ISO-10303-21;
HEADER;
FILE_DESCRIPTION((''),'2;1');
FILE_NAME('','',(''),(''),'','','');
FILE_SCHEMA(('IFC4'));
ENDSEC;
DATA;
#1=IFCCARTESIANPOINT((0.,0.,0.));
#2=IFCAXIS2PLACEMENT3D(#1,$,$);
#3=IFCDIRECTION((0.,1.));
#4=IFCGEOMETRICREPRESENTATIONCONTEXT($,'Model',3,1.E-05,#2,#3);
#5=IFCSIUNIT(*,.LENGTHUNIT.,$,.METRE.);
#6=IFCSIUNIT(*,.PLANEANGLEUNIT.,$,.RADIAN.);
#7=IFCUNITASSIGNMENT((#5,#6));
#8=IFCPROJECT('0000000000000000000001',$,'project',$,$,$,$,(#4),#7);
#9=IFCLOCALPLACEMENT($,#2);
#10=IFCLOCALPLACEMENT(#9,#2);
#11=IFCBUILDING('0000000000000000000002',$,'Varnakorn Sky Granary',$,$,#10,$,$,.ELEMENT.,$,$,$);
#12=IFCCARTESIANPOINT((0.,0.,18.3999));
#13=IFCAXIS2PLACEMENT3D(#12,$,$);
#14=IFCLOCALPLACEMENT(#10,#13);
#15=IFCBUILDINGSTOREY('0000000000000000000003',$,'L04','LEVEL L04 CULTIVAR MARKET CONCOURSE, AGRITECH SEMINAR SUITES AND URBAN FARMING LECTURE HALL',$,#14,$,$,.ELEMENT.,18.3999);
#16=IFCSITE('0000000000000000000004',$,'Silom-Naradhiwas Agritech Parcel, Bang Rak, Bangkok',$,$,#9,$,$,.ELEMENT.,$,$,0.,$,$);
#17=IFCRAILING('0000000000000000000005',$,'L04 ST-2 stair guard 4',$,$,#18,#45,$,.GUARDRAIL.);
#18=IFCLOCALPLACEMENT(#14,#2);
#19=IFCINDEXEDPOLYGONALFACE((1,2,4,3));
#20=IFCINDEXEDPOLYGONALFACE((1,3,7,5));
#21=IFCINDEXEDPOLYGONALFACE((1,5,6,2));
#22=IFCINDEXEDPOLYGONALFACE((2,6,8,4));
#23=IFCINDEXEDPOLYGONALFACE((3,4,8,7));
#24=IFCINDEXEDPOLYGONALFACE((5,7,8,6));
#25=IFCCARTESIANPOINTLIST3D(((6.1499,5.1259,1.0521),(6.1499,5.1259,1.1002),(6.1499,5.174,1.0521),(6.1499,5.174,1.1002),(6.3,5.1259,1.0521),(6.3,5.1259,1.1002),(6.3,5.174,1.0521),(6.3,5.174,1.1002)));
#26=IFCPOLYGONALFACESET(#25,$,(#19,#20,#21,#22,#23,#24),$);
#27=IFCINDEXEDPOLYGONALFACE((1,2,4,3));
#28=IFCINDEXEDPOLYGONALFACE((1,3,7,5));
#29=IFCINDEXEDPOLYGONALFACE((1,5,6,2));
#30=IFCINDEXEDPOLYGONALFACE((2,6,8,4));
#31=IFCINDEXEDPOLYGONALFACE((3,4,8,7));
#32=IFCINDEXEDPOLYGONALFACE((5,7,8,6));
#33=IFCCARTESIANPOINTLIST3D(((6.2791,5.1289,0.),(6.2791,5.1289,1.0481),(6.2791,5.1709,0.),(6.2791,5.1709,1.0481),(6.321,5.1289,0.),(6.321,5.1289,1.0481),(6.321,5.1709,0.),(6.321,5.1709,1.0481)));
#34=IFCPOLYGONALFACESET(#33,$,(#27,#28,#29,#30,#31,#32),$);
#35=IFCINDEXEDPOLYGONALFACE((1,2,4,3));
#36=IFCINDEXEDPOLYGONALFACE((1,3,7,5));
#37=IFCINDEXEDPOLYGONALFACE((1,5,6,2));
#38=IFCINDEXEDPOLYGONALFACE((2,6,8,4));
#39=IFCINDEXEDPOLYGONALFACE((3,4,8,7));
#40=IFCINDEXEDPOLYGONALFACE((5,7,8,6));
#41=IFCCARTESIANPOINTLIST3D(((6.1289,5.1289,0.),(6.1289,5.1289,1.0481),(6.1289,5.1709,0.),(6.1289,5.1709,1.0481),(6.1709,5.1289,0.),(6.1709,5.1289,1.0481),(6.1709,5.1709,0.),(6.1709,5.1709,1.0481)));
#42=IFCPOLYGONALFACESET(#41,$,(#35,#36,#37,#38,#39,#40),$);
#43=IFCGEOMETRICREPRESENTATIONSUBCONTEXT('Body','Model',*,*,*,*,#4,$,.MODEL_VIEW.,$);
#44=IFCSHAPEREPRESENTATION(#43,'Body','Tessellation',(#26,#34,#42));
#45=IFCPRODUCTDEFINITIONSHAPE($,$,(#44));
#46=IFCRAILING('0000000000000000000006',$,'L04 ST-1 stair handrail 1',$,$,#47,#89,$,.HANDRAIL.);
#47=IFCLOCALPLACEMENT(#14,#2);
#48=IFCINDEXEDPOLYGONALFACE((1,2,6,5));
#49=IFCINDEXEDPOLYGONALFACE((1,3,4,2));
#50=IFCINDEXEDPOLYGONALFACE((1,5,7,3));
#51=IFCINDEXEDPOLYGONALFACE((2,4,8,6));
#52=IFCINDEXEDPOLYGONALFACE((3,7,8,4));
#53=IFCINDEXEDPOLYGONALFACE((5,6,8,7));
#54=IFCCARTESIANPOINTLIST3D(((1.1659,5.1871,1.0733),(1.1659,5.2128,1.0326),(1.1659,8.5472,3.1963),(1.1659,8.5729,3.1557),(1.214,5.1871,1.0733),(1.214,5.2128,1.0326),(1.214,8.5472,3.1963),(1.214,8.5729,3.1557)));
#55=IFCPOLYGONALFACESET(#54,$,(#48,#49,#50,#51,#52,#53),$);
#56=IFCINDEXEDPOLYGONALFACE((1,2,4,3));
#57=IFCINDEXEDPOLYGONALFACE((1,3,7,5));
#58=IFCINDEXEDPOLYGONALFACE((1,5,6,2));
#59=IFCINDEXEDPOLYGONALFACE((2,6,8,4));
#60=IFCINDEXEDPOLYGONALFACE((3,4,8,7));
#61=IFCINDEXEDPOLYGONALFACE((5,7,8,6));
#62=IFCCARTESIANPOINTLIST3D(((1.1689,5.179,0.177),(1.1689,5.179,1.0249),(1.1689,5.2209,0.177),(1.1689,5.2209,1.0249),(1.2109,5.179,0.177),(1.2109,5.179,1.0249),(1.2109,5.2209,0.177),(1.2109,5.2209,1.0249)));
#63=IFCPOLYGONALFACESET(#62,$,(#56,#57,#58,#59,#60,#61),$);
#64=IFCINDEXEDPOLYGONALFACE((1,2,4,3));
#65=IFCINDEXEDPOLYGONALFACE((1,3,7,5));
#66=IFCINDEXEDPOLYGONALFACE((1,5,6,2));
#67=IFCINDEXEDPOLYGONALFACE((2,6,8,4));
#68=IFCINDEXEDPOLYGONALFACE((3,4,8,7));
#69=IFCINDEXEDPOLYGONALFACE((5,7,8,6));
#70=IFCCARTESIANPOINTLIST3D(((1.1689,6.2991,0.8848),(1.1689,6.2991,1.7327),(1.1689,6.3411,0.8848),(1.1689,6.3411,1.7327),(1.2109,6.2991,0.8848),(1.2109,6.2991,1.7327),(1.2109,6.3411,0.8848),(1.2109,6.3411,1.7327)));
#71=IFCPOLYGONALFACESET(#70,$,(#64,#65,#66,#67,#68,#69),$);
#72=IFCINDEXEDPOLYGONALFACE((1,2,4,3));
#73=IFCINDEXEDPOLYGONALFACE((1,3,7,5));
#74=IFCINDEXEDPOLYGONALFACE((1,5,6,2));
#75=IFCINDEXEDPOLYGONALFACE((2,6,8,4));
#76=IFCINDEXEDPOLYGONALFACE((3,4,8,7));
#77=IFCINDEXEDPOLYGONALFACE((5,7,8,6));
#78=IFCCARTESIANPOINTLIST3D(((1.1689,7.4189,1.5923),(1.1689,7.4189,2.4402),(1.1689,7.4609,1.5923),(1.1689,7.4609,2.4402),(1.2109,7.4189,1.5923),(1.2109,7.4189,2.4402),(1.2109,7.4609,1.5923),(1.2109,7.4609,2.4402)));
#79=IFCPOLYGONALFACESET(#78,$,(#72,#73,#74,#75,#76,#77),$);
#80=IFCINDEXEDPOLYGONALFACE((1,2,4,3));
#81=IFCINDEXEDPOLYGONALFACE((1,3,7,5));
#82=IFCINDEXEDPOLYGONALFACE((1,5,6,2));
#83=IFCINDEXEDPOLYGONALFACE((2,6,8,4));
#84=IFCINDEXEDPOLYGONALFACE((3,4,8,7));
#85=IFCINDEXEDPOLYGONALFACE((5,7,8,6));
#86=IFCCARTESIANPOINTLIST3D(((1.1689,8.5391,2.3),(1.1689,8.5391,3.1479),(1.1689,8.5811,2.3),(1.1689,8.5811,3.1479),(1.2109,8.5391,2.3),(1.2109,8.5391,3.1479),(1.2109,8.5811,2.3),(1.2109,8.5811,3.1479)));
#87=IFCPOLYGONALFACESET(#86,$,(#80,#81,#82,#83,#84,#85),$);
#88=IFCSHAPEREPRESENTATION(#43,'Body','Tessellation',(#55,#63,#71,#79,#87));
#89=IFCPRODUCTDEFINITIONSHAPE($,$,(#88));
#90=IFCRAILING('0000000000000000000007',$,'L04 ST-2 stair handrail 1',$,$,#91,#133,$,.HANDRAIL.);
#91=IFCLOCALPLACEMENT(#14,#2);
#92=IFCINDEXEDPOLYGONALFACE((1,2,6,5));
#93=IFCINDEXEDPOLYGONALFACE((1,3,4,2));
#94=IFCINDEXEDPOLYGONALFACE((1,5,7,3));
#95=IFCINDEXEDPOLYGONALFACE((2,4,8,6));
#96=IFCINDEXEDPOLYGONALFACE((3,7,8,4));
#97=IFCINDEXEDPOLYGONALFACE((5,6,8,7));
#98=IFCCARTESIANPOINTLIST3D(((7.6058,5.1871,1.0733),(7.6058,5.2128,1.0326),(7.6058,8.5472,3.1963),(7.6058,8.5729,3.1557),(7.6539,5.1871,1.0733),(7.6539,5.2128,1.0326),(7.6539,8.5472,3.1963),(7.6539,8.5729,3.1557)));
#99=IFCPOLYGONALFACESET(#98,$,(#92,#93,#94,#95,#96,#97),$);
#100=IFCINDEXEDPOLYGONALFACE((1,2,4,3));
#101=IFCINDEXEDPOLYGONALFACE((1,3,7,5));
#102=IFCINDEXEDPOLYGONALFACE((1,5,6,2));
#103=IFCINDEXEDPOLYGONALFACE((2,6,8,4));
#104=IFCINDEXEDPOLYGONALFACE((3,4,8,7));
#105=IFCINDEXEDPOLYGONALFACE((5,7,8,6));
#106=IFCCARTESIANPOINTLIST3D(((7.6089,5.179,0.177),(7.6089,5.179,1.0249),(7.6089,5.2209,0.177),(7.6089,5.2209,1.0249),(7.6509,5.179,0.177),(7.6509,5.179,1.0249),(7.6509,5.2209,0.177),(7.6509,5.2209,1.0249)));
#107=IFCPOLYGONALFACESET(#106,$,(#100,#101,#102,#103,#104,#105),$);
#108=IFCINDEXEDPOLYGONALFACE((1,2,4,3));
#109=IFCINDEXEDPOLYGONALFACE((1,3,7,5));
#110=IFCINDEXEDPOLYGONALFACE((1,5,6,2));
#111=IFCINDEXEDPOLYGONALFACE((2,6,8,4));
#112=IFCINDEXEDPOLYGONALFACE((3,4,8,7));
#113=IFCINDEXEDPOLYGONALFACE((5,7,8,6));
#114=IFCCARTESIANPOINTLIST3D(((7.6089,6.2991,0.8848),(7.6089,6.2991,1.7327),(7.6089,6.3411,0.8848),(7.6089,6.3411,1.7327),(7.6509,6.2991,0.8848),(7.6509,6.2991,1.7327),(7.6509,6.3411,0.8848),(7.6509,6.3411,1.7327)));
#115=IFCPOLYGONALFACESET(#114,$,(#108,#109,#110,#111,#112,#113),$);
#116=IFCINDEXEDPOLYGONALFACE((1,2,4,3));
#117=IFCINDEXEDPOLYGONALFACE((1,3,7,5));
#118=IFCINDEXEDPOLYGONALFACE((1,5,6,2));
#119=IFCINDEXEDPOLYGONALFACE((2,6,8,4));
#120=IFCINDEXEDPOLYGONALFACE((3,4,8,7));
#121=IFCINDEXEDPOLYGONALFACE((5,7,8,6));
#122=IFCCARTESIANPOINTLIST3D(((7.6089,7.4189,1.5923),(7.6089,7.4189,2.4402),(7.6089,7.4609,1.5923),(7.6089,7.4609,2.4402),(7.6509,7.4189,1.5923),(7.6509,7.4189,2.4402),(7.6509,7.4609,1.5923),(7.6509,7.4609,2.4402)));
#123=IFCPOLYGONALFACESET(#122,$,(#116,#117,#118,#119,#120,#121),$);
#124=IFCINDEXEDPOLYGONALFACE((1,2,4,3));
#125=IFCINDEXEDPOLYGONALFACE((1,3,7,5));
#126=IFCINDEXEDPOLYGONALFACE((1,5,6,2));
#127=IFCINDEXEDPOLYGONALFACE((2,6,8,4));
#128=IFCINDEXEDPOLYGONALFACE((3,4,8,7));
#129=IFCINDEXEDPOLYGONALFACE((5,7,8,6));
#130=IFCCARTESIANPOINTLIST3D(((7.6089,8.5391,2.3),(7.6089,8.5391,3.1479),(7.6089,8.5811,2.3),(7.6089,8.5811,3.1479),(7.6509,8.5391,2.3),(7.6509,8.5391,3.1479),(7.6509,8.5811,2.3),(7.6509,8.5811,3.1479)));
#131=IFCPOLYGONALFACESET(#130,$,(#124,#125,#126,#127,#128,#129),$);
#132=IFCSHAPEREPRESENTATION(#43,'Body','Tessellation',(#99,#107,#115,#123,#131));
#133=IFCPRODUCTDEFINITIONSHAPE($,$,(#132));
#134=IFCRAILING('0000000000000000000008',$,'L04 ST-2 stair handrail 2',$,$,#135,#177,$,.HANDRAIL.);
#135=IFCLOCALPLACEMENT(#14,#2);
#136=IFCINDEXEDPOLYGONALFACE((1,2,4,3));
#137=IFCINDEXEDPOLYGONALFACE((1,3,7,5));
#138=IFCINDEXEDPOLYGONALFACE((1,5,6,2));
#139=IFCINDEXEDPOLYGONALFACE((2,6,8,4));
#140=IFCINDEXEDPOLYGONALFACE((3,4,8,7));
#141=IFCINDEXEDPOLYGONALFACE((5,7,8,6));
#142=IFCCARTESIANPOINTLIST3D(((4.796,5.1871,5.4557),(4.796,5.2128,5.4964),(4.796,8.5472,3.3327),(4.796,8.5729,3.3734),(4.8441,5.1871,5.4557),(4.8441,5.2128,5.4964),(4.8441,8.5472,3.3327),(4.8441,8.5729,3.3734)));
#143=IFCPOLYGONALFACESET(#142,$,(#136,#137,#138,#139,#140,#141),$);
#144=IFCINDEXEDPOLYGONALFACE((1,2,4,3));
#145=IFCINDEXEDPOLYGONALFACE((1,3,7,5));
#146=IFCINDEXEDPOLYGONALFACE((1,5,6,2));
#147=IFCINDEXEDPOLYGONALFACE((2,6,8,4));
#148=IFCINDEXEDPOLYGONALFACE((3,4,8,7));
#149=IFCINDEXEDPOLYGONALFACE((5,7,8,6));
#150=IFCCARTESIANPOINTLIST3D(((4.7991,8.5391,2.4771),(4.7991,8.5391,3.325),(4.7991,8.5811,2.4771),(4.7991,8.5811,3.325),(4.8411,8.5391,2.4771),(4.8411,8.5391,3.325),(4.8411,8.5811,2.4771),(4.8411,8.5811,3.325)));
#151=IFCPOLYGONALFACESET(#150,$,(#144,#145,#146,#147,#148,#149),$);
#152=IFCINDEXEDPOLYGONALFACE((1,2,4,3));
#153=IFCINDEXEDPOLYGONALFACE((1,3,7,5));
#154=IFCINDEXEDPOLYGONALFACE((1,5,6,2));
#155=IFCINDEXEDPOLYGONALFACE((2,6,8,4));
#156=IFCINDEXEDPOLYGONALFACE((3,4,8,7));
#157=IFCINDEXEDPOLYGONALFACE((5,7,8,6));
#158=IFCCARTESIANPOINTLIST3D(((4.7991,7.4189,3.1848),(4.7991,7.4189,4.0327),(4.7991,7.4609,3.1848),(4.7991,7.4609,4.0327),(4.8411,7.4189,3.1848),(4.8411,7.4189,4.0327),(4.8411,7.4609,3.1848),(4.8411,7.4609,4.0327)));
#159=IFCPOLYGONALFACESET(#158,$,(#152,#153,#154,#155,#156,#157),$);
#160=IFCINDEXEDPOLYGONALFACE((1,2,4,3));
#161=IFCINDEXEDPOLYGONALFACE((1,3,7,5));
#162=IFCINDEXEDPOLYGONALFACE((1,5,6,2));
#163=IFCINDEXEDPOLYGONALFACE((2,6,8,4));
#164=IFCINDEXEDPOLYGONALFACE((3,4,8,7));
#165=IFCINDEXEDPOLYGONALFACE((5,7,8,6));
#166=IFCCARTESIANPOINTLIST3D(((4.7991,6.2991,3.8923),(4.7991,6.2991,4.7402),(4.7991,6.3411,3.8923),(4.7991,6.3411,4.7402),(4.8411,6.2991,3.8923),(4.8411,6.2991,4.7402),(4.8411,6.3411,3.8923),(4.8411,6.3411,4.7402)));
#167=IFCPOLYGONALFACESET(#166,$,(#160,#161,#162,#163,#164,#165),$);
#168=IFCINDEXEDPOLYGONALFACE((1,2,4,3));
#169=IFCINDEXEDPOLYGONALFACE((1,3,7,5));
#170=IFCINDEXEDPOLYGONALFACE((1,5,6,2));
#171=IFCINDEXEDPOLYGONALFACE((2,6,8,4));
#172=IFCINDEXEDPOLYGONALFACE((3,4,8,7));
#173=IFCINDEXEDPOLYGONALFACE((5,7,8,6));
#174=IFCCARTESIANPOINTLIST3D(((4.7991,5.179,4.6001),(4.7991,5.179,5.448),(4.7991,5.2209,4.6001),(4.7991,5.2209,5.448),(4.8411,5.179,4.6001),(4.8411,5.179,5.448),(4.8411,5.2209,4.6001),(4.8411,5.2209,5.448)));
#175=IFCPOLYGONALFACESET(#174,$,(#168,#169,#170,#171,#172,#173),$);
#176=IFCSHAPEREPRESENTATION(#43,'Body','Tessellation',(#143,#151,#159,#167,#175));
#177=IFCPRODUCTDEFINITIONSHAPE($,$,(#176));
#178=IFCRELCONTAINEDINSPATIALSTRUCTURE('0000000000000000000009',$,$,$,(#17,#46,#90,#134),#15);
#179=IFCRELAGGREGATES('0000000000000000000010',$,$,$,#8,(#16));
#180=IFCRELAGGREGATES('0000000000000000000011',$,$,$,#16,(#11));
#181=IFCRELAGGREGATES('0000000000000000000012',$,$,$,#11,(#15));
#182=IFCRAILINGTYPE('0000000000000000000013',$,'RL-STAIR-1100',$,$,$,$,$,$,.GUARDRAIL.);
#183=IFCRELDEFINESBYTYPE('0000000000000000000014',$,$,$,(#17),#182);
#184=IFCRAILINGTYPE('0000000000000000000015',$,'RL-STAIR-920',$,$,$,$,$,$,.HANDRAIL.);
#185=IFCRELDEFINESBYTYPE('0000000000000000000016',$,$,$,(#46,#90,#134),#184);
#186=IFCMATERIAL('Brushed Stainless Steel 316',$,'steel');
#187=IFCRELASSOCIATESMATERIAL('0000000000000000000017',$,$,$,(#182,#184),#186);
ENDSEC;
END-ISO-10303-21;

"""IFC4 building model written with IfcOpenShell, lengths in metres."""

from ifc_helpers import new_model, si_unit, direction, frame, origin, origin_2d, place, context, subcontext, project, spatial, rectangle, extrude, material, type_object, element, save


model = new_model("IFC4")

# Units and contexts
model_context = context("Model", 3, precision=1e-05, world=origin(), true_north=direction((0.0, 1.0)))
body_context = subcontext(model_context, "Body", "Model", "MODEL_VIEW")
ifc_project = project(units=[si_unit("LENGTHUNIT", "METRE"), si_unit("PLANEANGLEUNIT", "RADIAN")], contexts=[model_context])

# Site, building, storey
site_placement = place(None, origin())
site = spatial("IfcSite", under=ifc_project, at=site_placement, Name="Silom-Naradhiwas Agritech Parcel, Bang Rak, Bangkok", CompositionType="ELEMENT", RefElevation=0.0)
building_placement = place(site_placement, origin())
building = spatial("IfcBuilding", under=site, at=building_placement, Name="Varnakorn Sky Granary", CompositionType="ELEMENT")
storey_placement = place(building_placement, frame((0.0, 0.0, 18.3999)))
storey = spatial("IfcBuildingStorey", under=building, at=storey_placement, Name="L04", Description="LEVEL L04 CULTIVAR MARKET CONCOURSE, AGRITECH SEMINAR SUITES AND URBAN FARMING LECTURE HALL", CompositionType="ELEMENT", Elevation=18.3999)

# Railings
ifc_material_1 = material(Name="Brushed Stainless Steel 316", Category="steel")
railing_type_1 = type_object("IfcRailingType", Name="RL-STAIR-1100", PredefinedType="GUARDRAIL", material=ifc_material_1)
railing_1_placement = place(storey_placement, frame((6.3, 5.1499, 0.0)))
element("IfcRailing", 1, at=railing_1_placement, inside=storey, type_object=railing_type_1, Name="L04 ST-2 stair guard 4", PredefinedType="GUARDRAIL", context=body_context, shape_type="SweptSolid", body=[
    extrude(rectangle(XDim=0.0481, YDim=0.0481, at=origin_2d()), frame((0.0, 0.0, 1.0762), z_axis=(-1.0, 0.0, 0.0), x_axis=(0.0, -1.0, 0.0)), (0.0, 0.0, 1.0), 0.1501),
    extrude(rectangle(XDim=0.042, YDim=0.042, at=origin_2d()), origin(), (0.0, 0.0, 1.0), 1.0481),
    extrude(rectangle(XDim=0.042, YDim=0.042, at=origin_2d()), frame((-0.1501, 0.0, 0.0)), (0.0, 0.0, 1.0), 1.0481),
])
railing_type_2 = type_object("IfcRailingType", Name="RL-STAIR-920", PredefinedType="HANDRAIL", material=ifc_material_1)
for number, where, name in (
    (2, (1.1899, 5.2, 0.177), "L04 ST-1 stair handrail 1"),
    (3, (7.6299, 5.2, 0.177), "L04 ST-2 stair handrail 1"),
):
    element("IfcRailing", number, at=place(storey_placement, frame(where)), inside=storey, type_object=railing_type_2, Name=name, PredefinedType="HANDRAIL", context=body_context, shape_type="SweptSolid", body=[
        extrude(rectangle(XDim=0.0481, YDim=0.0481, at=origin_2d()), frame((0.0, 0.0, 0.876), z_axis=(0.0, 0.84539, 0.53415), x_axis=(-1.0, 0.0, 0.0)), (0.0, 0.0, 1.0), 3.9746),
        extrude(rectangle(XDim=0.042, YDim=0.042, at=origin_2d()), origin(), (0.0, 0.0, 1.0), 0.8479),
        extrude(rectangle(XDim=0.042, YDim=0.042, at=origin_2d()), frame((0.0, 1.1201, 0.7078)), (0.0, 0.0, 1.0), 0.8479),
        extrude(rectangle(XDim=0.042, YDim=0.042, at=origin_2d()), frame((0.0, 2.24, 1.4153)), (0.0, 0.0, 1.0), 0.8479),
        extrude(rectangle(XDim=0.042, YDim=0.042, at=origin_2d()), frame((0.0, 3.3601, 2.123)), (0.0, 0.0, 1.0), 0.8479),
    ])
railing_2_placement = place(storey_placement, frame((4.8201, 8.5601, 2.4771)))
element("IfcRailing", 4, at=railing_2_placement, inside=storey, type_object=railing_type_2, Name="L04 ST-2 stair handrail 2", PredefinedType="HANDRAIL", context=body_context, shape_type="SweptSolid", body=[
    extrude(rectangle(XDim=0.0481, YDim=0.0481, at=origin_2d()), frame((0.0, 0.0, 0.876), z_axis=(0.0, -0.84539, 0.53415), x_axis=(1.0, 0.0, 0.0)), (0.0, 0.0, 1.0), 3.9746),
    extrude(rectangle(XDim=0.042, YDim=0.042, at=origin_2d()), origin(), (0.0, 0.0, 1.0), 0.8479),
    extrude(rectangle(XDim=0.042, YDim=0.042, at=origin_2d()), frame((0.0, -1.1201, 0.7078)), (0.0, 0.0, 1.0), 0.8479),
    extrude(rectangle(XDim=0.042, YDim=0.042, at=origin_2d()), frame((0.0, -2.24, 1.4153)), (0.0, 0.0, 1.0), 0.8479),
    extrude(rectangle(XDim=0.042, YDim=0.042, at=origin_2d()), frame((0.0, -3.3601, 2.123)), (0.0, 0.0, 1.0), 0.8479),
])

save(model, "model.ifc")
